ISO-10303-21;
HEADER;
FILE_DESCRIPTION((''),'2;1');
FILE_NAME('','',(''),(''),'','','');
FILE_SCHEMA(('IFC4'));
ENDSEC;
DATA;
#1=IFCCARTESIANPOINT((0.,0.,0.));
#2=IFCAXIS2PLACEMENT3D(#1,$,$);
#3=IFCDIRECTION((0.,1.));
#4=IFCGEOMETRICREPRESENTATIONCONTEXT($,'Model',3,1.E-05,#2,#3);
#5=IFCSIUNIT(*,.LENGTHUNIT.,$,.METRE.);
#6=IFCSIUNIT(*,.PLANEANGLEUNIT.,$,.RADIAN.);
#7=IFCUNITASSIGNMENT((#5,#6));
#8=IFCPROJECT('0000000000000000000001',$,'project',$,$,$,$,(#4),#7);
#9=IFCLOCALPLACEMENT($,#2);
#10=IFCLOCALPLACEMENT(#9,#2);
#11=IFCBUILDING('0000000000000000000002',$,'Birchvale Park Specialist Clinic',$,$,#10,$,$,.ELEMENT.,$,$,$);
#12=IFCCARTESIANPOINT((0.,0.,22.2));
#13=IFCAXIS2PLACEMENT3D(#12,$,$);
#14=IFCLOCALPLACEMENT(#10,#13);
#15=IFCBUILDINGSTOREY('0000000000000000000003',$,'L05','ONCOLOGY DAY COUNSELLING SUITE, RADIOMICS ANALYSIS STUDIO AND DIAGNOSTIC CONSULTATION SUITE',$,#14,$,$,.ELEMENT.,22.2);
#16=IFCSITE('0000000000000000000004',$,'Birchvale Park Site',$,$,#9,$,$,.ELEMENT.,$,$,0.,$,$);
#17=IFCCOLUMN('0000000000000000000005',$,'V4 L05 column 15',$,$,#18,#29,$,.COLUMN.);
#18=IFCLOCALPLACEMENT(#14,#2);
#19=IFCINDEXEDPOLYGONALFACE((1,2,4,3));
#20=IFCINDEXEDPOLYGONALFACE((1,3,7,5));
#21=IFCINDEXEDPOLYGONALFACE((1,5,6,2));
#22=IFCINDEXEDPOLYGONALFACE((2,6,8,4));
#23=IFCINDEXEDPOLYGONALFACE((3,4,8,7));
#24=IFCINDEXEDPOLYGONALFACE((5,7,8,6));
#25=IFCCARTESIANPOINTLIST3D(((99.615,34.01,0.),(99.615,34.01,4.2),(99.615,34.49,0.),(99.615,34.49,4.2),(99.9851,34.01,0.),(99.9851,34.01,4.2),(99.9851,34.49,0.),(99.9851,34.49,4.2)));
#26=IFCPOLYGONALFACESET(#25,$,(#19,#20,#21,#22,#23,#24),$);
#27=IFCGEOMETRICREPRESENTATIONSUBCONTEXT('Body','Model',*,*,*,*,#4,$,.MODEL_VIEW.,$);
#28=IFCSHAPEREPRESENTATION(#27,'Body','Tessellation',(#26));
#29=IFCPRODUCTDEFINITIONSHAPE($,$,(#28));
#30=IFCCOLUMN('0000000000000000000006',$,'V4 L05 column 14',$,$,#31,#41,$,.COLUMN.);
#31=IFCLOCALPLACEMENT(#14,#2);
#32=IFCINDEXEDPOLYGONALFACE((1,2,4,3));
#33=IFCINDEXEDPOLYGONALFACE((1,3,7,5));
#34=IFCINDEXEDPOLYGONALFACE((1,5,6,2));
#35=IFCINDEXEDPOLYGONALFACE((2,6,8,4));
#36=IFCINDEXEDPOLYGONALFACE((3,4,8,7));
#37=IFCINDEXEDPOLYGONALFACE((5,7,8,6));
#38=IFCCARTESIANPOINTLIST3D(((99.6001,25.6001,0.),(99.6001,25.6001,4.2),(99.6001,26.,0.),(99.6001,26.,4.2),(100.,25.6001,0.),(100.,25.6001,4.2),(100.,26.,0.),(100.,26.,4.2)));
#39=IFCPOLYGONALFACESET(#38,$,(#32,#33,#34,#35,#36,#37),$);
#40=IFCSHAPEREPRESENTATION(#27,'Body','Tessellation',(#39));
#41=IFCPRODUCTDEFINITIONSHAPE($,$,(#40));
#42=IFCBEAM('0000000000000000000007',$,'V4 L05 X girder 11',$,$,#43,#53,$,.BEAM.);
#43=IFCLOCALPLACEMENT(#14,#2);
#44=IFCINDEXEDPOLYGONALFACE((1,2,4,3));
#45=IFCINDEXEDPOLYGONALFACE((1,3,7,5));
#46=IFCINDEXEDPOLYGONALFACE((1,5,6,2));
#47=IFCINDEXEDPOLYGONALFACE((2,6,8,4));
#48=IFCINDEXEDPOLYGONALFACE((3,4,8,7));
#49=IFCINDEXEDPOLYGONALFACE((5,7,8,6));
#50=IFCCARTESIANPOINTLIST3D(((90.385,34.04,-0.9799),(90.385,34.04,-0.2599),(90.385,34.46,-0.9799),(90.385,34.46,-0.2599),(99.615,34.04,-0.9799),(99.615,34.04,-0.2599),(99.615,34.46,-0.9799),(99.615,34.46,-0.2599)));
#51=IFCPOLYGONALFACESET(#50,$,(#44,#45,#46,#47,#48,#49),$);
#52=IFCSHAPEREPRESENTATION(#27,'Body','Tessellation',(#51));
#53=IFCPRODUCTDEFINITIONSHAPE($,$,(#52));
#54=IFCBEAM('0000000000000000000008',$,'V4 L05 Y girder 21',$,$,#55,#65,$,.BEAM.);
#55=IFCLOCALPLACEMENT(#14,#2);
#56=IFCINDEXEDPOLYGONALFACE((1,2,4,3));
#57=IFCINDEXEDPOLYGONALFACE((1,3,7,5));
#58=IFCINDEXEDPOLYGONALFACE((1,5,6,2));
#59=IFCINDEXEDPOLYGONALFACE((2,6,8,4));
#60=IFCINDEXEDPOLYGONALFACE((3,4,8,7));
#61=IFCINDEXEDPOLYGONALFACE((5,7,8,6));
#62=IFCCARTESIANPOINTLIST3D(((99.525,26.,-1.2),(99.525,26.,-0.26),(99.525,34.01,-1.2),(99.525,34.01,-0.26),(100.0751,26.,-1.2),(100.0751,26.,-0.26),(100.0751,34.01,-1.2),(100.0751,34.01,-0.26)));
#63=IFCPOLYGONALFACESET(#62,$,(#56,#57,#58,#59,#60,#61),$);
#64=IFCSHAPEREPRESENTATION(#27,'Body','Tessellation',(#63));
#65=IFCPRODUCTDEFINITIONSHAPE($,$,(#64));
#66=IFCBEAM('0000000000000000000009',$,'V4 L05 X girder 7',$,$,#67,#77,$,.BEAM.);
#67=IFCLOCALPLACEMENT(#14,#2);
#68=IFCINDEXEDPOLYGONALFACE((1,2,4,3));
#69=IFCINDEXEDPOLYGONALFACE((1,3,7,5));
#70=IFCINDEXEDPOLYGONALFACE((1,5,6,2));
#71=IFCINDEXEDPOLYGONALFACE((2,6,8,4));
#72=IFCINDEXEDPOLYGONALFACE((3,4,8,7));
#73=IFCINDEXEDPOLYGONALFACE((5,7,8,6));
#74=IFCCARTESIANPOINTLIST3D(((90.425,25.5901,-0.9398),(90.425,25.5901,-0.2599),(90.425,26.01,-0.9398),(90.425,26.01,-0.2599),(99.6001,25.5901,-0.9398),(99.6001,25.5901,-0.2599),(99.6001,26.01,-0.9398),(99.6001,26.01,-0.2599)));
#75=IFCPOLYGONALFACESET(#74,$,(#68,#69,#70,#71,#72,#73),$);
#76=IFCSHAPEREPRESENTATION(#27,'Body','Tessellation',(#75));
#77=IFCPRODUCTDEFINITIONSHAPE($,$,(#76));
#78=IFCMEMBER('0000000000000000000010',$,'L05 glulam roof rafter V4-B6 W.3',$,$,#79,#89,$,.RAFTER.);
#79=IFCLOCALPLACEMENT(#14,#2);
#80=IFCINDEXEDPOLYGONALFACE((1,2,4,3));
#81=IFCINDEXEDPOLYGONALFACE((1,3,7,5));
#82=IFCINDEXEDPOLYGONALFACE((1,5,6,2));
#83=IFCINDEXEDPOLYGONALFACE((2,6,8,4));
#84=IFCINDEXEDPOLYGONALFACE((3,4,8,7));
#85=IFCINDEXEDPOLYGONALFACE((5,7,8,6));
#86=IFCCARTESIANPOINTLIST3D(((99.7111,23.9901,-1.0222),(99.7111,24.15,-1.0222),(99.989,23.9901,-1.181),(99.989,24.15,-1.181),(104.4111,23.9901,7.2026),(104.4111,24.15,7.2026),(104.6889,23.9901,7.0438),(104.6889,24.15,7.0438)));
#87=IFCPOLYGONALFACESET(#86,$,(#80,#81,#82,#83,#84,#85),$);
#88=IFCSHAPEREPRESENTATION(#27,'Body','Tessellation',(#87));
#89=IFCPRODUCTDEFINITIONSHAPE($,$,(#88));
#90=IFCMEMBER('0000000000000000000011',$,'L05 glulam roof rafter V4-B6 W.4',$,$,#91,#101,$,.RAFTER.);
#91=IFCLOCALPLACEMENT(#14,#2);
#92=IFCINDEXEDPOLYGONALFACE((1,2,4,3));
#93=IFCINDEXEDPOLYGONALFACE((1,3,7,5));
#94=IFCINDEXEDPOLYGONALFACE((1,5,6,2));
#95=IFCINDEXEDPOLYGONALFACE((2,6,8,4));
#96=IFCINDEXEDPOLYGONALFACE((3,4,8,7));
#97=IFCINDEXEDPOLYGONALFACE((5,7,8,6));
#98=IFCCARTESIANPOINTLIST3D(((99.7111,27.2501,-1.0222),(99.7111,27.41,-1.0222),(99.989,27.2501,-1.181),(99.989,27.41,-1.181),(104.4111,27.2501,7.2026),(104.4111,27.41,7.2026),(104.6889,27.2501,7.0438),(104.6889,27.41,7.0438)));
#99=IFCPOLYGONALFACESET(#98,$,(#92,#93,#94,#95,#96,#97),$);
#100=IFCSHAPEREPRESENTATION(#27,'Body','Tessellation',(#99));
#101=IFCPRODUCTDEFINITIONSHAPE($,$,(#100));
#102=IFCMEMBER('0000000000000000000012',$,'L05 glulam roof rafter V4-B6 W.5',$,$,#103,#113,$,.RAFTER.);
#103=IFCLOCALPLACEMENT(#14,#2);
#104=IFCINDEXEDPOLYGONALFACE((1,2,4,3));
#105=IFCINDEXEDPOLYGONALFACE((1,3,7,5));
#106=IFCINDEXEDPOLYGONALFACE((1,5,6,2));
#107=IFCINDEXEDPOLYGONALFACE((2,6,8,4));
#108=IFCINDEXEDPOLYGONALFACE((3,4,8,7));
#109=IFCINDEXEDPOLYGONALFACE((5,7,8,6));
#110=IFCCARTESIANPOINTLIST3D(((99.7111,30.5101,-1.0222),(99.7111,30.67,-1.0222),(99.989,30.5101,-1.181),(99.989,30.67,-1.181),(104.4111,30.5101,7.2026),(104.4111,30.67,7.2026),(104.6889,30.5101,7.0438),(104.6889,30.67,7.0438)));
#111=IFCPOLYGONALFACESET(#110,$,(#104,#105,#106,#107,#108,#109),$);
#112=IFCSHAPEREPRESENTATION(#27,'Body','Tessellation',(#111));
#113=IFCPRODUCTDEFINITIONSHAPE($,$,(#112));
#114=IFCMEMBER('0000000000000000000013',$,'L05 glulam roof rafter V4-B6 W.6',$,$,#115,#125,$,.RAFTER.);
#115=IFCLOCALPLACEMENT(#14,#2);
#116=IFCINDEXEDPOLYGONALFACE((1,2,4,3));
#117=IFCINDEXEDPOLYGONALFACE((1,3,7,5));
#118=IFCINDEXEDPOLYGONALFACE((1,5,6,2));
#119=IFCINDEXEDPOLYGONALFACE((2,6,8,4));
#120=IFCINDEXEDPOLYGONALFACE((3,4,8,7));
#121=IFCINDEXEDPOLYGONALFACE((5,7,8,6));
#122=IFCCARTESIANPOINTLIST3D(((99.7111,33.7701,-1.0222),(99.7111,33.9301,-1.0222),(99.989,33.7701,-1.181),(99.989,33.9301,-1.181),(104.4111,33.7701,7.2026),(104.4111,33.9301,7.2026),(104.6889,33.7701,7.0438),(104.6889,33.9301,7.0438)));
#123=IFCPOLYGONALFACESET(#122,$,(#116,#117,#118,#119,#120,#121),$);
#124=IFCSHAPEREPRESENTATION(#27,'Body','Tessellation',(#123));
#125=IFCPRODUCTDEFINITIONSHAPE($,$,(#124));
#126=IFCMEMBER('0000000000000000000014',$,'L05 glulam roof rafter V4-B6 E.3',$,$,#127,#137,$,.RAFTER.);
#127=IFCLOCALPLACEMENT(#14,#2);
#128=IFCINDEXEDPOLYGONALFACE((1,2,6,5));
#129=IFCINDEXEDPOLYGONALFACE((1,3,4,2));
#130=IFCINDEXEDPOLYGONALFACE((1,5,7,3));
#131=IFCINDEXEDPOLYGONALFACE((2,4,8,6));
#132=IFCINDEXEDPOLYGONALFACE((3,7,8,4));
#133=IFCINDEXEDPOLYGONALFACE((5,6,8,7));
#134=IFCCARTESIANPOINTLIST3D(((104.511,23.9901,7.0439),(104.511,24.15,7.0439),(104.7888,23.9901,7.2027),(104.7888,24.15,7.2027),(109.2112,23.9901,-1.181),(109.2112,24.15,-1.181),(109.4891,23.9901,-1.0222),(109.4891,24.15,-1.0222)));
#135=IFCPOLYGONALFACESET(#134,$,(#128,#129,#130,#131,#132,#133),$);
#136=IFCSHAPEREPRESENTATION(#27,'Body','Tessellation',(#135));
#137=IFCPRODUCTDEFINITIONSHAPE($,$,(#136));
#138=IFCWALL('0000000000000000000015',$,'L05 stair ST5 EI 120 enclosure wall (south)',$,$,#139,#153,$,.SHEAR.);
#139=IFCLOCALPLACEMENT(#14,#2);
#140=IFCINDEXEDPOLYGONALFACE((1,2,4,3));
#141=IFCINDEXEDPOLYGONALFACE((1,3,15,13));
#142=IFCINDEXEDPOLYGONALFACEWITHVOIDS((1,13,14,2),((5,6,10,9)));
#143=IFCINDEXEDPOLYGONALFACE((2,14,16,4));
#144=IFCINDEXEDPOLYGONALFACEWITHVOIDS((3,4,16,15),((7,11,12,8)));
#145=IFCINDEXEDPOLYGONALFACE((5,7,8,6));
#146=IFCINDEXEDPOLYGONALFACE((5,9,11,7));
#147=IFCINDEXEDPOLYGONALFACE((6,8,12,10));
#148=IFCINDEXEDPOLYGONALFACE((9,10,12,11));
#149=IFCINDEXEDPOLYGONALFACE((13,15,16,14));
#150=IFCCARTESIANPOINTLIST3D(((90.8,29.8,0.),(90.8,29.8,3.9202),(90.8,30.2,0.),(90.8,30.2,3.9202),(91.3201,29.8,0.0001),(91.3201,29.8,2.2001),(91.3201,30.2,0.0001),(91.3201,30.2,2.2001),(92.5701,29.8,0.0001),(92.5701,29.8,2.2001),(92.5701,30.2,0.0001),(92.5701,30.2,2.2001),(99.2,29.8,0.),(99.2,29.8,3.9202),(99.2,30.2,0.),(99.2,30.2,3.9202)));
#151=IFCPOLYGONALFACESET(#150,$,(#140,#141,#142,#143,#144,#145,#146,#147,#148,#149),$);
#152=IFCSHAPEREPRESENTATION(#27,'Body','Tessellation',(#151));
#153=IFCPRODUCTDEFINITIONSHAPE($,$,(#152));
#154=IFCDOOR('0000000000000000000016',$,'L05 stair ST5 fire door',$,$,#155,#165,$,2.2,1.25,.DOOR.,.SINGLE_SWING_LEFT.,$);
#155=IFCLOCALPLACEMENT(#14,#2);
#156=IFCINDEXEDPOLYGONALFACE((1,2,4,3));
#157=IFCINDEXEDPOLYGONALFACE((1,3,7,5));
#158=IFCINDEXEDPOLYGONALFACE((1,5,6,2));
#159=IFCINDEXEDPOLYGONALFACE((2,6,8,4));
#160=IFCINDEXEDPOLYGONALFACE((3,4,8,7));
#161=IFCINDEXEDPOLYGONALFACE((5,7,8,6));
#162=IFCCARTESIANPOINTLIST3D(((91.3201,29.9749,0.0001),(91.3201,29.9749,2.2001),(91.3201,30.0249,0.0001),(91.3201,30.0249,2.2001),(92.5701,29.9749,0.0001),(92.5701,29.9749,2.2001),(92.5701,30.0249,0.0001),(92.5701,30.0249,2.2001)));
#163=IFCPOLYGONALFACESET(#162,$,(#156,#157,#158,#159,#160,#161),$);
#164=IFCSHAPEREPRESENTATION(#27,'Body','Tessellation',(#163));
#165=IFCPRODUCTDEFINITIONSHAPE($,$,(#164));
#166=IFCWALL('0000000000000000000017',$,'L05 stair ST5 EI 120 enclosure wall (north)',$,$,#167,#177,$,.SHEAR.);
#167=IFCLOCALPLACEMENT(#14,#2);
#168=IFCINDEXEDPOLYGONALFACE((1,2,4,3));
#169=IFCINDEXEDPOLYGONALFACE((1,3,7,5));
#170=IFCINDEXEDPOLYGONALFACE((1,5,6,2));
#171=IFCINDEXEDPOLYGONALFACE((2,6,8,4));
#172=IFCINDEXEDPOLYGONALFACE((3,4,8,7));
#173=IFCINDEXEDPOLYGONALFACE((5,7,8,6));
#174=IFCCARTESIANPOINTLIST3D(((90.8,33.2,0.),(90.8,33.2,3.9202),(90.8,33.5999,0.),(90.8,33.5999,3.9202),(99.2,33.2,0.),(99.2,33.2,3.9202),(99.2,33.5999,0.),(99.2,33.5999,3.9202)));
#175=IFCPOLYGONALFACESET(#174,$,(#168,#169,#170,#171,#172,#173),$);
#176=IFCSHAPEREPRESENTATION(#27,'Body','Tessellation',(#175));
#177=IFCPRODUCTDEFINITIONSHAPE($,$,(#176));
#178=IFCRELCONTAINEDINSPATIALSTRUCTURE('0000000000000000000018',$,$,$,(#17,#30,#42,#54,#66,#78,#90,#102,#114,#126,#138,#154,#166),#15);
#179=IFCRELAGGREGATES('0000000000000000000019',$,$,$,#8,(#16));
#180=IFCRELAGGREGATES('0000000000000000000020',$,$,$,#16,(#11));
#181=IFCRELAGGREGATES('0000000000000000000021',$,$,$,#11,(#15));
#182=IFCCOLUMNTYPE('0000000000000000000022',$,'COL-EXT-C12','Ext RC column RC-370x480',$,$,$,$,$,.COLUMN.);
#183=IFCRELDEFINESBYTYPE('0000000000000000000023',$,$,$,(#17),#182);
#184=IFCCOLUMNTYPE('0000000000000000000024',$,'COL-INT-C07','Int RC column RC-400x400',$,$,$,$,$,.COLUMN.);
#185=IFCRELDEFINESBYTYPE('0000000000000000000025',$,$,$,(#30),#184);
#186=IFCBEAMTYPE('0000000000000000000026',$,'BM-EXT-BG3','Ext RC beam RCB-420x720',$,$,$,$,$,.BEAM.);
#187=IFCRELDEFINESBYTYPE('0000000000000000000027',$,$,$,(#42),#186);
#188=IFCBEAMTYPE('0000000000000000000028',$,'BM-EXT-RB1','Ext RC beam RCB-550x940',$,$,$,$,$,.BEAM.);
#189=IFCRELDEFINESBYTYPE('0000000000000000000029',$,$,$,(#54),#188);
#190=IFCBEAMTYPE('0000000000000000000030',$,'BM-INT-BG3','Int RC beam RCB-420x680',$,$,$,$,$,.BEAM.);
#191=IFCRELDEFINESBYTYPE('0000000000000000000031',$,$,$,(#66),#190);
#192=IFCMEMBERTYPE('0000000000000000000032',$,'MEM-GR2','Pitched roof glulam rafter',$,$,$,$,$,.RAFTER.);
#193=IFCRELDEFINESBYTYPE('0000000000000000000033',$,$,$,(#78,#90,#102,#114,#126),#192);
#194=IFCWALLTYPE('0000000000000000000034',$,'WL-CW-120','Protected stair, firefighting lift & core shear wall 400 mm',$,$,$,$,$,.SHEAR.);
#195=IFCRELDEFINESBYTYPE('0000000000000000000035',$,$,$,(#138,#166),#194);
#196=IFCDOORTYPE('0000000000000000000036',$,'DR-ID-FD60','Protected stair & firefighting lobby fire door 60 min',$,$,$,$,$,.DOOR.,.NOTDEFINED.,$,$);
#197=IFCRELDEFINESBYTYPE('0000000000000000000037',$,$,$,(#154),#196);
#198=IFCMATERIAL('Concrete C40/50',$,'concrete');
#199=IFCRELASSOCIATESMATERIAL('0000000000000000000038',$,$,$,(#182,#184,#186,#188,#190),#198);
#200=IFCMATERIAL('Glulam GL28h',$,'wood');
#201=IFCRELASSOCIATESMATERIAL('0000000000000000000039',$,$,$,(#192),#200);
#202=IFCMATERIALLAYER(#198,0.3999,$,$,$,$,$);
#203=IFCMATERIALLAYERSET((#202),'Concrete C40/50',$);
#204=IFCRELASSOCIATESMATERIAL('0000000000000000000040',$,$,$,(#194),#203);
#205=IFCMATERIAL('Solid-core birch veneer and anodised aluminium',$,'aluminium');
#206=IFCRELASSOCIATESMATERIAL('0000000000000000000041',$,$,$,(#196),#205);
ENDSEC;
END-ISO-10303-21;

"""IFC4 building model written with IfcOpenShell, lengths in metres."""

from ifc_helpers import new_model, si_unit, direction, frame, frame_2d, origin, origin_2d, place, context, subcontext, project, spatial, rectangle, extrude, material, layer, layer_set, material_profile, profile_set, type_object, element, fill, save


model = new_model("IFC4")

# Units and contexts
model_context = context("Model", 3, precision=1e-05, world=origin(), true_north=direction((0.0, 1.0)))
body_context = subcontext(model_context, "Body", "Model", "MODEL_VIEW")
ifc_project = project(units=[si_unit("LENGTHUNIT", "METRE"), si_unit("PLANEANGLEUNIT", "RADIAN")], contexts=[model_context])

# Site, building, storey
site_placement = place(None, origin())
site = spatial("IfcSite", under=ifc_project, at=site_placement, Name="Birchvale Park Site", CompositionType="ELEMENT", RefElevation=0.0)
building_placement = place(site_placement, origin())
building = spatial("IfcBuilding", under=site, at=building_placement, Name="Birchvale Park Specialist Clinic", CompositionType="ELEMENT")
storey_placement = place(building_placement, frame((0.0, 0.0, 22.2)))
storey = spatial("IfcBuildingStorey", under=building, at=storey_placement, Name="L05", Description="ONCOLOGY DAY COUNSELLING SUITE, RADIOMICS ANALYSIS STUDIO AND DIAGNOSTIC CONSULTATION SUITE", CompositionType="ELEMENT", Elevation=22.2)

# Columns
ifc_material_1 = material(Name="Concrete C40/50", Category="concrete")
ifc_material_profile_1 = material_profile(ifc_material_1, rectangle(XDim=0.3701, YDim=0.48, at=origin_2d()), Name="RC-370x480")
ifc_profile_set_1 = profile_set([ifc_material_profile_1], Name="Concrete C40/50")
column_type_1 = type_object("IfcColumnType", Name="COL-EXT-C12", Description="Ext RC column RC-370x480", PredefinedType="COLUMN", material=ifc_profile_set_1)
column_1_placement = place(storey_placement, frame((99.8, 34.25, 0.0), z_axis=(0.0, 0.0, 1.0), x_axis=(1.0, 0.0, 0.0)))
element("IfcColumn", 1, at=column_1_placement, inside=storey, type_object=column_type_1, Name="V4 L05 column 15", PredefinedType="COLUMN", context=body_context, shape_type="SweptSolid", body=[
    extrude(rectangle(XDim=0.3701, YDim=0.48, at=origin_2d()), origin(), (0.0, 0.0, 1.0), 4.2),
])
ifc_material_profile_2 = material_profile(ifc_material_1, rectangle(XDim=0.3999, YDim=0.3999, at=origin_2d()), Name="RC-400x400")
ifc_profile_set_2 = profile_set([ifc_material_profile_2], Name="Concrete C40/50")
column_type_2 = type_object("IfcColumnType", Name="COL-INT-C07", Description="Int RC column RC-400x400", PredefinedType="COLUMN", material=ifc_profile_set_2)
column_2_placement = place(storey_placement, frame((99.8, 25.8, 0.0), z_axis=(0.0, 0.0, 1.0), x_axis=(1.0, 0.0, 0.0)))
element("IfcColumn", 2, at=column_2_placement, inside=storey, type_object=column_type_2, Name="V4 L05 column 14", PredefinedType="COLUMN", context=body_context, shape_type="SweptSolid", body=[
    extrude(rectangle(XDim=0.3999, YDim=0.3999, at=origin_2d()), origin(), (0.0, 0.0, 1.0), 4.2),
])

# Beams
ifc_material_profile_3 = material_profile(ifc_material_1, rectangle(XDim=0.4199, YDim=0.72, at=origin_2d()), Name="RCB-420x720")
ifc_profile_set_3 = profile_set([ifc_material_profile_3], Name="Concrete C40/50")
beam_type_1 = type_object("IfcBeamType", Name="BM-EXT-BG3", Description="Ext RC beam RCB-420x720", PredefinedType="BEAM", material=ifc_profile_set_3)
beam_1_placement = place(storey_placement, frame((90.385, 34.25, -0.6199), z_axis=(1.0, 0.0, 0.0), x_axis=(0.0, 1.0, 0.0)))
element("IfcBeam", 3, at=beam_1_placement, inside=storey, type_object=beam_type_1, Name="V4 L05 X girder 11", PredefinedType="BEAM", context=body_context, shape_type="SweptSolid", body=[
    extrude(rectangle(XDim=0.4199, YDim=0.72, at=origin_2d()), origin(), (0.0, 0.0, 1.0), 9.23),
])
ifc_material_profile_4 = material_profile(ifc_material_1, rectangle(XDim=0.55, YDim=0.9399, at=origin_2d()), Name="RCB-550x940")
ifc_profile_set_4 = profile_set([ifc_material_profile_4], Name="Concrete C40/50")
beam_type_2 = type_object("IfcBeamType", Name="BM-EXT-RB1", Description="Ext RC beam RCB-550x940", PredefinedType="BEAM", material=ifc_profile_set_4)
beam_2_placement = place(storey_placement, frame((99.8, 26.0, -0.73), z_axis=(0.0, 1.0, 0.0), x_axis=(-1.0, 0.0, 0.0)))
element("IfcBeam", 4, at=beam_2_placement, inside=storey, type_object=beam_type_2, Name="V4 L05 Y girder 21", PredefinedType="BEAM", context=body_context, shape_type="SweptSolid", body=[
    extrude(rectangle(XDim=0.55, YDim=0.9399, at=origin_2d()), origin(), (0.0, 0.0, 1.0), 8.01),
])
ifc_material_profile_5 = material_profile(ifc_material_1, rectangle(XDim=0.4199, YDim=0.6799, at=origin_2d()), Name="RCB-420x680")
ifc_profile_set_5 = profile_set([ifc_material_profile_5], Name="Concrete C40/50")
beam_type_3 = type_object("IfcBeamType", Name="BM-INT-BG3", Description="Int RC beam RCB-420x680", PredefinedType="BEAM", material=ifc_profile_set_5)
beam_3_placement = place(storey_placement, frame((90.425, 25.8, -0.5999), z_axis=(1.0, 0.0, 0.0), x_axis=(0.0, 1.0, 0.0)))
element("IfcBeam", 5, at=beam_3_placement, inside=storey, type_object=beam_type_3, Name="V4 L05 X girder 7", PredefinedType="BEAM", context=body_context, shape_type="SweptSolid", body=[
    extrude(rectangle(XDim=0.4199, YDim=0.6799, at=origin_2d()), origin(), (0.0, 0.0, 1.0), 9.175),
])

# Members
ifc_material_2 = material(Name="Glulam GL28h", Category="wood")
ifc_material_profile_6 = material_profile(ifc_material_2, rectangle(XDim=0.1599, YDim=0.3201, at=origin_2d()), Name="GL-160x320")
ifc_profile_set_6 = profile_set([ifc_material_profile_6], Name="Glulam GL28h")
member_type = type_object("IfcMemberType", Name="MEM-GR2", Description="Pitched roof glulam rafter", PredefinedType="RAFTER", material=ifc_profile_set_6)
for number, where, z_axis, x_axis, name in (
    (6, (99.8501, 24.0701, -1.1016), (0.496142, 0.0, 0.868242), (0.0, 1.0, 0.0), "L05 glulam roof rafter V4-B6 W.3"),
    (7, (99.8501, 27.3301, -1.1016), (0.496142, 0.0, 0.868242), (0.0, 1.0, 0.0), "L05 glulam roof rafter V4-B6 W.4"),
    (8, (99.8501, 30.5901, -1.1016), (0.496142, 0.0, 0.868242), (0.0, 1.0, 0.0), "L05 glulam roof rafter V4-B6 W.5"),
    (9, (99.8501, 33.8501, -1.1016), (0.496142, 0.0, 0.868242), (0.0, 1.0, 0.0), "L05 glulam roof rafter V4-B6 W.6"),
):
    element("IfcMember", number, at=place(storey_placement, frame(where, z_axis=z_axis, x_axis=x_axis)), inside=storey, type_object=member_type, Name=name, PredefinedType="RAFTER", context=body_context, shape_type="SweptSolid", body=[
        extrude(rectangle(XDim=0.1599, YDim=0.3201, at=origin_2d()), origin(), (0.0, 0.0, 1.0), 9.4729),
    ])
member_placement = place(storey_placement, frame((104.6499, 24.0701, 7.1233), z_axis=(0.496161, 0.0, -0.86823), x_axis=(0.0, 1.0, 0.0)))
element("IfcMember", 10, at=member_placement, inside=storey, type_object=member_type, Name="L05 glulam roof rafter V4-B6 E.3", PredefinedType="RAFTER", context=body_context, shape_type="SweptSolid", body=[
    extrude(rectangle(XDim=0.1599, YDim=0.3201, at=origin_2d()), origin(), (0.0, 0.0, 1.0), 9.4731),
])

# Wall, opening, door
ifc_layer_1 = layer(ifc_material_1, 0.3999)
ifc_layer_set_1 = layer_set([ifc_layer_1], Name="Concrete C40/50")
wall_type_1 = type_object("IfcWallType", Name="WL-CW-120", Description="Protected stair, firefighting lift & core shear wall 400 mm", PredefinedType="SHEAR", material=ifc_layer_set_1)
wall_1_placement = place(storey_placement, frame((90.8, 30.0, 0.0), z_axis=(0.0, 0.0, 1.0), x_axis=(1.0, 0.0, 0.0)))
wall_1 = element("IfcWall", 11, at=wall_1_placement, inside=storey, type_object=wall_type_1, Name="L05 stair ST5 EI 120 enclosure wall (south)", PredefinedType="SHEAR", context=body_context, shape_type="SweptSolid", body=[
    extrude(rectangle(XDim=8.3999, YDim=0.3999, at=frame_2d((4.2, 0.0))), origin(), (0.0, 0.0, 1.0), 3.9202),
])
opening_1_placement = place(wall_1_placement, frame((0.52, 0.0, 0.0)))
opening_1 = element("IfcOpeningElement", 12, at=opening_1_placement, cuts=wall_1, PredefinedType="OPENING", context=body_context, shape_type="SweptSolid", body=[
    extrude(rectangle(XDim=1.25, YDim=2.2, at=frame_2d((0.625, 1.1001))), frame((0.0, 0.21, 0.0), z_axis=(0.0, -1.0, 0.0), x_axis=(1.0, 0.0, 0.0)), (0.0, 0.0, 1.0), 0.4199),
])
ifc_material_3 = material(Name="Solid-core birch veneer and anodised aluminium", Category="aluminium")
door_type_1 = type_object("IfcDoorType", Name="DR-ID-FD60", Description="Protected stair & firefighting lobby fire door 60 min", OperationType="NOTDEFINED", PredefinedType="DOOR", material=ifc_material_3)
door_1_placement = place(opening_1_placement, origin())
door_1 = element("IfcDoor", 13, at=door_1_placement, inside=storey, type_object=door_type_1, Name="L05 stair ST5 fire door", OperationType="SINGLE_SWING_LEFT", OverallHeight=2.2, OverallWidth=1.25, PredefinedType="DOOR", context=body_context, shape_type="SweptSolid", body=[
    extrude(rectangle(XDim=1.25, YDim=2.2, at=frame_2d((0.625, 1.1001))), frame((0.0, 0.0249, 0.0), z_axis=(0.0, -1.0, 0.0), x_axis=(1.0, 0.0, 0.0)), (0.0, 0.0, 1.0), 0.05),
])
fill(opening_1, door_1)

# Wall
wall_2_placement = place(storey_placement, frame((99.2, 33.3999, 0.0), z_axis=(0.0, 0.0, 1.0), x_axis=(-1.0, 0.0, 0.0)))
element("IfcWall", 14, at=wall_2_placement, inside=storey, type_object=wall_type_1, Name="L05 stair ST5 EI 120 enclosure wall (north)", PredefinedType="SHEAR", context=body_context, shape_type="SweptSolid", body=[
    extrude(rectangle(XDim=8.3999, YDim=0.3999, at=frame_2d((4.2, 0.0))), origin(), (0.0, 0.0, 1.0), 3.9202),
])

save(model, "model.ifc")
